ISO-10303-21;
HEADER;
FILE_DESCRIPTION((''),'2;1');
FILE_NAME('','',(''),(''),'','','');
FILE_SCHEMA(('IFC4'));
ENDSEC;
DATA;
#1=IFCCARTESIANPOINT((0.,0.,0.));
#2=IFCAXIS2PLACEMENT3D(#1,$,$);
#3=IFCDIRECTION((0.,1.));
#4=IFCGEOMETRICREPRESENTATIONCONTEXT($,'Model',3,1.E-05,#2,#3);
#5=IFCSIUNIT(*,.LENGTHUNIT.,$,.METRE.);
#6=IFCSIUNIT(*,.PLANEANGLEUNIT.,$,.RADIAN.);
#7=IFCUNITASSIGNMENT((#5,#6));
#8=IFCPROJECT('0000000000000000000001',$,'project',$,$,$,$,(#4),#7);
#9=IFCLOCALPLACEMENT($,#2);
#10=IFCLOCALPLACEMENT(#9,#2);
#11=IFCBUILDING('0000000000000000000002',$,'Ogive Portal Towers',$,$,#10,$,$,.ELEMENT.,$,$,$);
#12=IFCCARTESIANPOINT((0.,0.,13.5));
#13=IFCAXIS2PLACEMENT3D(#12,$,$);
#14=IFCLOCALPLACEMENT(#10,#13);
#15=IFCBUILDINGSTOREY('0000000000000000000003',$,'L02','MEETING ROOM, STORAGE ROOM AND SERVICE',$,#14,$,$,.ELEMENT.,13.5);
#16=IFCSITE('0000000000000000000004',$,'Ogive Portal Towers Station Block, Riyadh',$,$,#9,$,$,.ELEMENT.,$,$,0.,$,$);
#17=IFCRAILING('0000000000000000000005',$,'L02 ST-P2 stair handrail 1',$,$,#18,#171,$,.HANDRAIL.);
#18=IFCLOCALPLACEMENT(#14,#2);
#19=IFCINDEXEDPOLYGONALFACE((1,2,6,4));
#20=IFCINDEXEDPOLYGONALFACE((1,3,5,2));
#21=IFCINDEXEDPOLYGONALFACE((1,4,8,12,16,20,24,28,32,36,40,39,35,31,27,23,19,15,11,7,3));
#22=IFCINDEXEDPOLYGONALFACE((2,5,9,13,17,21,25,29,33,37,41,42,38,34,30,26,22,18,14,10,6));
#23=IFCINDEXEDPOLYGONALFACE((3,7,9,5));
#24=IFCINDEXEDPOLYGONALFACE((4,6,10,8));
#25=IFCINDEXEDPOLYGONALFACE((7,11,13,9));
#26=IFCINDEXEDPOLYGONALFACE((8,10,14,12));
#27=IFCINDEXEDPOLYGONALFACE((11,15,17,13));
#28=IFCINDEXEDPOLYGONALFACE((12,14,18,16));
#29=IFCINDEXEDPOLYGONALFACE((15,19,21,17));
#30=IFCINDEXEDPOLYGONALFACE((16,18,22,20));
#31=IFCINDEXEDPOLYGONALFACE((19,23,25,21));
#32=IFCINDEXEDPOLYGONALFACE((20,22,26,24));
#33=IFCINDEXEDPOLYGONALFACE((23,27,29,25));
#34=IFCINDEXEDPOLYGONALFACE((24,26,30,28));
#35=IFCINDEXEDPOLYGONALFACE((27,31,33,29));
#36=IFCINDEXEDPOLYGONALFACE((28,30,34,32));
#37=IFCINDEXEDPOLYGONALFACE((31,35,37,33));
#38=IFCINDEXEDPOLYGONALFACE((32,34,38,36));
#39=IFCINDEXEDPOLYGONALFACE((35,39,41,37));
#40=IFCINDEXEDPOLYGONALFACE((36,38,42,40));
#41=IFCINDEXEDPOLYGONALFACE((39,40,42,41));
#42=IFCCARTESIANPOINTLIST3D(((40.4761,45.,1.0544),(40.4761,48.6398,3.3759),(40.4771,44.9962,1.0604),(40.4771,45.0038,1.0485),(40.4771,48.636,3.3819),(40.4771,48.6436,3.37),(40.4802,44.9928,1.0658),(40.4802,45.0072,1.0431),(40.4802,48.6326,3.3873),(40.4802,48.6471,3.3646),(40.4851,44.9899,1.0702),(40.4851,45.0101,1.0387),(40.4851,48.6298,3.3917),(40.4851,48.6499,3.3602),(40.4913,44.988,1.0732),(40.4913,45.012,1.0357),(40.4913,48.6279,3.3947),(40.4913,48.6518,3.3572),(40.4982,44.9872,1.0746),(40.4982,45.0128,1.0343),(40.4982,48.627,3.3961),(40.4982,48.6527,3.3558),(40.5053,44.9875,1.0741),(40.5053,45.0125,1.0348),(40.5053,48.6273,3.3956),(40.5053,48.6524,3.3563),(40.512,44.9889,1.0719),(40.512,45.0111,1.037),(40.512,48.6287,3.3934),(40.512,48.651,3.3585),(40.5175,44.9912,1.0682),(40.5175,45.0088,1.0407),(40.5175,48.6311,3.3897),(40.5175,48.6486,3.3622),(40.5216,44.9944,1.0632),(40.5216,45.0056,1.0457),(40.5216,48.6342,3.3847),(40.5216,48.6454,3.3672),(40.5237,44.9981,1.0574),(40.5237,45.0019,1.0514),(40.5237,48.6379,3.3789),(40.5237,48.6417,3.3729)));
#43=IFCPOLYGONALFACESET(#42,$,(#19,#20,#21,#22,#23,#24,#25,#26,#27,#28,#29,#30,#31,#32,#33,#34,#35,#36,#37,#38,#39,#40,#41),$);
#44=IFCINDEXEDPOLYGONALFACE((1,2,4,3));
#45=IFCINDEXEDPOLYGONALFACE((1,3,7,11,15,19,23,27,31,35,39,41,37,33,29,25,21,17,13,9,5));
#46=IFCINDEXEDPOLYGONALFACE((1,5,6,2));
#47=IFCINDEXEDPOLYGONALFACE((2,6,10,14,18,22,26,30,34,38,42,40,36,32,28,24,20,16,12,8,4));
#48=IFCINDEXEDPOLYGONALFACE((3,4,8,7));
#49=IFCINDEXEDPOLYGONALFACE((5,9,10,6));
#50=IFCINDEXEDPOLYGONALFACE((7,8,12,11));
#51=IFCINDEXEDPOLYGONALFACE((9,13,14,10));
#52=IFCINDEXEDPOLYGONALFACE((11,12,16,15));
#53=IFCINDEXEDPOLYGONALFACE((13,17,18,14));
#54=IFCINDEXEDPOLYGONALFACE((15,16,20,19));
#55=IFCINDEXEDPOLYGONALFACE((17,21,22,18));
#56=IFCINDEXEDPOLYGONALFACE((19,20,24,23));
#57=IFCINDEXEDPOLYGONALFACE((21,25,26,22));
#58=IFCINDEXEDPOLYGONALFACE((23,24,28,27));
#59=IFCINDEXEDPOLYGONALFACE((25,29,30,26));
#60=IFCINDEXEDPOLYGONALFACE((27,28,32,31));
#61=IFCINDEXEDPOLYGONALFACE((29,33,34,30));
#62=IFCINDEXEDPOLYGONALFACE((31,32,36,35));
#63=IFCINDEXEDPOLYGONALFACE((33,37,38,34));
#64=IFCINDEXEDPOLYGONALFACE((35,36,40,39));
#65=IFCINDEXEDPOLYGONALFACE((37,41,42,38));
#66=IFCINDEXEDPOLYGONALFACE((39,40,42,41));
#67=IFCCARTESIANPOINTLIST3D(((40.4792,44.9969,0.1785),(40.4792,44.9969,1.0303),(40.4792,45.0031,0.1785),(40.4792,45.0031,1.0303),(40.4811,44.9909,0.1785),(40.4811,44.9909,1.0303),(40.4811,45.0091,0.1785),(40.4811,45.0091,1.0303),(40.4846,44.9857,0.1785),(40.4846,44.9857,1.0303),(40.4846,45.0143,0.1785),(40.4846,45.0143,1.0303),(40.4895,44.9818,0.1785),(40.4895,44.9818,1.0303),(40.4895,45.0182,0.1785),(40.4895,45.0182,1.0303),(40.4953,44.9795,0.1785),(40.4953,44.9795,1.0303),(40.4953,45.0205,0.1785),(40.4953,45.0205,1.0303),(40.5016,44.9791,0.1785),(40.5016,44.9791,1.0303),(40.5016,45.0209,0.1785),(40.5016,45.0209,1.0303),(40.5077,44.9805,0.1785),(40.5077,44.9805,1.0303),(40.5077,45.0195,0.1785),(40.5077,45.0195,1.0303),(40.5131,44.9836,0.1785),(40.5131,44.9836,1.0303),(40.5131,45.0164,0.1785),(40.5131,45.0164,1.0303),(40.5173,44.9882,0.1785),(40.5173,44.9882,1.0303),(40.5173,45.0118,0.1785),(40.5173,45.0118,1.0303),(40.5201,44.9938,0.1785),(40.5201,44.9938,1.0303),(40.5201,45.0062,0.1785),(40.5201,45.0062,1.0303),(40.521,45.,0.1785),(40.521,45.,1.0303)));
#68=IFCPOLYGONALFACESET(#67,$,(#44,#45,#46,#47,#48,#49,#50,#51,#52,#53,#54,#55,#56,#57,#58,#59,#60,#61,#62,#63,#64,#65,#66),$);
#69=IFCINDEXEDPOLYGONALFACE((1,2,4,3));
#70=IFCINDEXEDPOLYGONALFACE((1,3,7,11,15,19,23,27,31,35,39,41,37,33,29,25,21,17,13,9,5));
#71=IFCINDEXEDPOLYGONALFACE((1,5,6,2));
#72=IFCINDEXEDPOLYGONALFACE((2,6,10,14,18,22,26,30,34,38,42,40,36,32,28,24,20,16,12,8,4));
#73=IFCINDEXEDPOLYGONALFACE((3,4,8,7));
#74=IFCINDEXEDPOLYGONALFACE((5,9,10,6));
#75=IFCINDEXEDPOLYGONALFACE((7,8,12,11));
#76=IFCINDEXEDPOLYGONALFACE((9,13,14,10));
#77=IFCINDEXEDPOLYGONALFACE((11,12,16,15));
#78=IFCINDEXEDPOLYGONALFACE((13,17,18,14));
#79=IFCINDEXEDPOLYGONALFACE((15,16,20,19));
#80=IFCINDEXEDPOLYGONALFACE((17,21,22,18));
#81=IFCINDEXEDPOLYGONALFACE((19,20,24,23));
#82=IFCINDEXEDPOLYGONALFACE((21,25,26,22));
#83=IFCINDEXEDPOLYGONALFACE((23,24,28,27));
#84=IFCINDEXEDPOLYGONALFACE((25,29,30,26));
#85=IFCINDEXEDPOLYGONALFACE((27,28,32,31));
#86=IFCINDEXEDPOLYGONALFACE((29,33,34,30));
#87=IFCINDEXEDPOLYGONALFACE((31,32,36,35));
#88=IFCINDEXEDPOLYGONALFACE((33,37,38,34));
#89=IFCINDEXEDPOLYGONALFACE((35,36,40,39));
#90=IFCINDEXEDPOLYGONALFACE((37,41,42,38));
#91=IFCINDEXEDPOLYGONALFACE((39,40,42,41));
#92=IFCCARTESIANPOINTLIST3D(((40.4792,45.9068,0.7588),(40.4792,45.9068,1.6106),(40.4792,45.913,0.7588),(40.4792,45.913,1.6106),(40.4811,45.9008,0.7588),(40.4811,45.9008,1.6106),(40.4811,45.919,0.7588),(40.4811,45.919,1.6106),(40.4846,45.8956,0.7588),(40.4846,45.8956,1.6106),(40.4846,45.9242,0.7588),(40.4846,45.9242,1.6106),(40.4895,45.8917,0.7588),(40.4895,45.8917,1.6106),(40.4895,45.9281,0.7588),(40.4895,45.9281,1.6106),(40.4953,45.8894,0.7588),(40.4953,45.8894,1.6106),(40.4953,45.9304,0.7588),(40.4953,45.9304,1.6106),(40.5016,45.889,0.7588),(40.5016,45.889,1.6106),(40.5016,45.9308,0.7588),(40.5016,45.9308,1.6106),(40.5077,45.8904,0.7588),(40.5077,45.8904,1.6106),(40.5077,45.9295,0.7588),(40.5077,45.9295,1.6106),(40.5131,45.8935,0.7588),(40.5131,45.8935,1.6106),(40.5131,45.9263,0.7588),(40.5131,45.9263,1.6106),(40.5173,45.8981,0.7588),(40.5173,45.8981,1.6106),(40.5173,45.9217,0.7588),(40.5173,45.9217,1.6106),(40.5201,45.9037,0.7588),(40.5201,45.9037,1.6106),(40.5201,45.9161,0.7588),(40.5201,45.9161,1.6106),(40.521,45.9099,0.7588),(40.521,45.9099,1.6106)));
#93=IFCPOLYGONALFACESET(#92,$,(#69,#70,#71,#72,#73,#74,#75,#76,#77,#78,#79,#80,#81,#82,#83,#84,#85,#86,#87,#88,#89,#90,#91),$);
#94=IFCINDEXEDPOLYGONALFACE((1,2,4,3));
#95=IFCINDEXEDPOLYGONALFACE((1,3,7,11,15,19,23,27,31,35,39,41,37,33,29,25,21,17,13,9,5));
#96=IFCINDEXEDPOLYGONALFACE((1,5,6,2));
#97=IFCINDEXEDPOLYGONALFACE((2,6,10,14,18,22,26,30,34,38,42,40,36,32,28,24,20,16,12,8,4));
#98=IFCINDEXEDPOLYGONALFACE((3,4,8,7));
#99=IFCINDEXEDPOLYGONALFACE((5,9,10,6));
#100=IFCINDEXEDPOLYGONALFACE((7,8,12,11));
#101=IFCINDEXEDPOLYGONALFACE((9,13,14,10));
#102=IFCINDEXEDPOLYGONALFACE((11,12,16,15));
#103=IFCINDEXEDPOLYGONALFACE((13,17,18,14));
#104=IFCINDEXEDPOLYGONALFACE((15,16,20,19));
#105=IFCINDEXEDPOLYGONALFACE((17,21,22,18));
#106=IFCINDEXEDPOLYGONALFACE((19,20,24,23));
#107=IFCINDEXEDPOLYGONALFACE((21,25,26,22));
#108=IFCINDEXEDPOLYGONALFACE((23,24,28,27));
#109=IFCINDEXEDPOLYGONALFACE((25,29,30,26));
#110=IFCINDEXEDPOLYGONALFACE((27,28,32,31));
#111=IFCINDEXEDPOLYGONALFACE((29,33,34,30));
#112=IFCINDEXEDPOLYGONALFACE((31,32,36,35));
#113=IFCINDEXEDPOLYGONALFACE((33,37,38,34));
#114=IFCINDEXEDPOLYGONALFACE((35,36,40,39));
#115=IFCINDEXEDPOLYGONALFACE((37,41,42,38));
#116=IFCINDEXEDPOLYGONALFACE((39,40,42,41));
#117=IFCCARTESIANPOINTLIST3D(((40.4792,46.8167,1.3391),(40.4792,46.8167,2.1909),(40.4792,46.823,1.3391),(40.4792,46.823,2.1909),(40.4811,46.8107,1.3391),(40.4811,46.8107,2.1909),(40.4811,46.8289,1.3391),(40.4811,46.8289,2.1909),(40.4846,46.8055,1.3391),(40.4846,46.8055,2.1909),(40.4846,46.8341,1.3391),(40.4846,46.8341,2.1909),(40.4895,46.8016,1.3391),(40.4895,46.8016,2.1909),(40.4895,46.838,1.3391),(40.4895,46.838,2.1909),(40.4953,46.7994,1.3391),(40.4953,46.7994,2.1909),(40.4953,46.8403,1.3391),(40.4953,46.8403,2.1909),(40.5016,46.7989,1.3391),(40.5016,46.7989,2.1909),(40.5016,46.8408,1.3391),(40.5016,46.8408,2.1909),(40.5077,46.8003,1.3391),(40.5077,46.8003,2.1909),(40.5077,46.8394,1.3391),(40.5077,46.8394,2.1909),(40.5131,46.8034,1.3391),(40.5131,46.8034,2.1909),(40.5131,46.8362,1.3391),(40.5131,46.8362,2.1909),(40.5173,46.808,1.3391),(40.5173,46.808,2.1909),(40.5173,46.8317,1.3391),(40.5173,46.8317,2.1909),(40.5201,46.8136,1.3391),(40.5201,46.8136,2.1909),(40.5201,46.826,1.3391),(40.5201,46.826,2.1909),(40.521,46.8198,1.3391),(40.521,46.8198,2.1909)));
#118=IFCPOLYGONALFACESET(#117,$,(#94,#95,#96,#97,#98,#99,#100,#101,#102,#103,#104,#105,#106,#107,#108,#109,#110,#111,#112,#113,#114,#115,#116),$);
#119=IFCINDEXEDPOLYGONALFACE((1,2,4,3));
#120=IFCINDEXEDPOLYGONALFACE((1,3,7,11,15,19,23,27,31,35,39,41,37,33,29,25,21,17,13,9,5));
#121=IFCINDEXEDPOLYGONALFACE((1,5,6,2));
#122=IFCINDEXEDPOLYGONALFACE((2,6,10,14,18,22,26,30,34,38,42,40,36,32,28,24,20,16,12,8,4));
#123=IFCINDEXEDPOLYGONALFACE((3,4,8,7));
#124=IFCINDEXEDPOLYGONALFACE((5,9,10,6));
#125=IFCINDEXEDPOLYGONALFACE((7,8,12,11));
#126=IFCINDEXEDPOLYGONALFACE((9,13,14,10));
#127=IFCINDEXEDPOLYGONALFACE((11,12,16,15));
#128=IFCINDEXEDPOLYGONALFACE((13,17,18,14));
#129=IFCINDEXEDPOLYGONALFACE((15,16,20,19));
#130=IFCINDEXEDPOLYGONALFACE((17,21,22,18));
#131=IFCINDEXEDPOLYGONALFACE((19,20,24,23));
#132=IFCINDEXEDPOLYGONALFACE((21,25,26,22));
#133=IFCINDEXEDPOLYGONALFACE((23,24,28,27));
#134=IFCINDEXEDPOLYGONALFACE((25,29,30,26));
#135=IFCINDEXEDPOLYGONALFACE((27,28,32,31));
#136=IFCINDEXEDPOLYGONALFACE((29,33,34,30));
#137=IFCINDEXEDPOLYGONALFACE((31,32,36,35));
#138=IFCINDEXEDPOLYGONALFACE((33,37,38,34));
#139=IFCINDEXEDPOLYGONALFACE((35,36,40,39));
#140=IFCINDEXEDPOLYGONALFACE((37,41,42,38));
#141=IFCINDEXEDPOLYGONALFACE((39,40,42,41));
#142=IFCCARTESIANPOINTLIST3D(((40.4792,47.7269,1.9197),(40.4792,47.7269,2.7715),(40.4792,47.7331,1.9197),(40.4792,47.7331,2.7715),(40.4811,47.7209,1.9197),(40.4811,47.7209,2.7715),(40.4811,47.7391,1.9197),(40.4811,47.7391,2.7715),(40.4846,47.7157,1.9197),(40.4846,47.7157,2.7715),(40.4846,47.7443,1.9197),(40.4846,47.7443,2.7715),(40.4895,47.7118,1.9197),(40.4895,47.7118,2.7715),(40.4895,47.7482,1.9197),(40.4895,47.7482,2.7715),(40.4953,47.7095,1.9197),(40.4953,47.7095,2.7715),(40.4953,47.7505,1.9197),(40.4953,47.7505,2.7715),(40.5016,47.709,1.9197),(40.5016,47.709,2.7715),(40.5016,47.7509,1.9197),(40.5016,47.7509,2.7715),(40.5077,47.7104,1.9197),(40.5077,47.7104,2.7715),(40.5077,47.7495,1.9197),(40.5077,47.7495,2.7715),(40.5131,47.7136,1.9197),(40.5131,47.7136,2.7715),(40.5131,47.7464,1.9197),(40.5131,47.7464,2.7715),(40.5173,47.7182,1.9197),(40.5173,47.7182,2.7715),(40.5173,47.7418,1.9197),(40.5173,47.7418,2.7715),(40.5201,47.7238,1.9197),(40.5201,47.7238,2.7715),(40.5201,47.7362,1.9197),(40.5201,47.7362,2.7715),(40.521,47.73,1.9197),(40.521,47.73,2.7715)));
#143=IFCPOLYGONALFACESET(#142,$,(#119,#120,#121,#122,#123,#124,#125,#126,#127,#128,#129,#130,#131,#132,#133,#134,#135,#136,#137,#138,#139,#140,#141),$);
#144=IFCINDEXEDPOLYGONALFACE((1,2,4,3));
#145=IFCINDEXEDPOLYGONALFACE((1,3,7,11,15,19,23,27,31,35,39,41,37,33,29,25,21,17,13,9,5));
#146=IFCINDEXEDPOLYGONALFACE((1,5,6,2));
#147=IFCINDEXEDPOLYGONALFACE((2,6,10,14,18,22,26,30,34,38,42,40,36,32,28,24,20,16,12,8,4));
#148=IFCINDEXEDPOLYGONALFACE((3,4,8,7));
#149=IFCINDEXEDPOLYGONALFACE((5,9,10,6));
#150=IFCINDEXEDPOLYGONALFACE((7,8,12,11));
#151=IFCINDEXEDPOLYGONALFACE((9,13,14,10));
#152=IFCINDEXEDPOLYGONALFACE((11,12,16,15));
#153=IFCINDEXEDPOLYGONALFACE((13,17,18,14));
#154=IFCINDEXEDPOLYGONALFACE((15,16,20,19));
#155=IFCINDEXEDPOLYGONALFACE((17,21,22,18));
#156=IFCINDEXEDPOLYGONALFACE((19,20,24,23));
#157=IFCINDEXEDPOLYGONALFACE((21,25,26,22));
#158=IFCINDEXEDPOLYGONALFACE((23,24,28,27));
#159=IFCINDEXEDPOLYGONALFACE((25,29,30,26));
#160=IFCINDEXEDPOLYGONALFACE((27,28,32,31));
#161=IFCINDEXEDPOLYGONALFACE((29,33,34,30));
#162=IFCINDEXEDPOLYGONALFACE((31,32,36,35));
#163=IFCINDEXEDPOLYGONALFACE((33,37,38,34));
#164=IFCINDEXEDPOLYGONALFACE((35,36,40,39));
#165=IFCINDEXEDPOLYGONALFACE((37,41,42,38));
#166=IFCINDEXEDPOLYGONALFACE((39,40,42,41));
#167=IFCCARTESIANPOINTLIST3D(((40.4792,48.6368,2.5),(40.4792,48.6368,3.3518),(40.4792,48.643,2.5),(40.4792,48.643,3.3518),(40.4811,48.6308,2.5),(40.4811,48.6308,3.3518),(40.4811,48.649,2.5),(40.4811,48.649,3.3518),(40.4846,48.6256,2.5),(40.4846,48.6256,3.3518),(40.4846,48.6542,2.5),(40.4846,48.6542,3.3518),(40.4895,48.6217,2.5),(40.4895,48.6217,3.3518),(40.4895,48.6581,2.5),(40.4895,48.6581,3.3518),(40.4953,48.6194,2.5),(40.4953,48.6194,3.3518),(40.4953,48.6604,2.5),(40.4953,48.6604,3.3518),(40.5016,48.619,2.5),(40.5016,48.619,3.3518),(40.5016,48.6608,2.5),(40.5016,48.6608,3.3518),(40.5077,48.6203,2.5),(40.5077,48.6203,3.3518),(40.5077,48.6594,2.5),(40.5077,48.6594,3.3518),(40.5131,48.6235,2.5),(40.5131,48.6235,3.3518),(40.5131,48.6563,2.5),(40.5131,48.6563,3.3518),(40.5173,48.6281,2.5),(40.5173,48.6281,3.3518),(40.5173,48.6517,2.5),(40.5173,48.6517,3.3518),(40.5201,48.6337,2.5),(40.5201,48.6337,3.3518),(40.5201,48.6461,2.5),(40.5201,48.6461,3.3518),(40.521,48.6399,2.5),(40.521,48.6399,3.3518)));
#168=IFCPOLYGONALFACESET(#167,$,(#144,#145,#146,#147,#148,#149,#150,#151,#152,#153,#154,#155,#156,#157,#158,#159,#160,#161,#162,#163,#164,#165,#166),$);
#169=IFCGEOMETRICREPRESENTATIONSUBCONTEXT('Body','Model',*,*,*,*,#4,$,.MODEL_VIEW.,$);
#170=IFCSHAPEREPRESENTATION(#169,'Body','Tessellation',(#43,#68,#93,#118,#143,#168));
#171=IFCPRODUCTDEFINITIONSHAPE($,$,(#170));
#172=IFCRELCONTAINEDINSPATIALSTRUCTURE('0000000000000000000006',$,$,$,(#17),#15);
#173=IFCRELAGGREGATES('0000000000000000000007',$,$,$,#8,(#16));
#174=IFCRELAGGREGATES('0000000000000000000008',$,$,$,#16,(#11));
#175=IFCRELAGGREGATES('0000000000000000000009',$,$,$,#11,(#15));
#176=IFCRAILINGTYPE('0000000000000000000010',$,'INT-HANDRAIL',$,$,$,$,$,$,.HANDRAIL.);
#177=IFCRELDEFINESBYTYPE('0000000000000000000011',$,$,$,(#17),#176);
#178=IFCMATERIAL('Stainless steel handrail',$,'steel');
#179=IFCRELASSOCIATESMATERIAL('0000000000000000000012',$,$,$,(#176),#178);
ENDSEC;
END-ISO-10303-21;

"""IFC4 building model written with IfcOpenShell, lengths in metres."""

from ifc_helpers import new_model, si_unit, direction, frame, origin, origin_2d, place, context, subcontext, project, spatial, circle, extrude, material, type_object, element, save


model = new_model("IFC4")

# Units and contexts
model_context = context("Model", 3, precision=1e-05, world=origin(), true_north=direction((0.0, 1.0)))
body_context = subcontext(model_context, "Body", "Model", "MODEL_VIEW")
ifc_project = project(units=[si_unit("LENGTHUNIT", "METRE"), si_unit("PLANEANGLEUNIT", "RADIAN")], contexts=[model_context])

# Site, building, storey
site_placement = place(None, origin())
site = spatial("IfcSite", under=ifc_project, at=site_placement, Name="Ogive Portal Towers Station Block, Riyadh", CompositionType="ELEMENT", RefElevation=0.0)
building_placement = place(site_placement, origin())
building = spatial("IfcBuilding", under=site, at=building_placement, Name="Ogive Portal Towers", CompositionType="ELEMENT")
storey_placement = place(building_placement, frame((0.0, 0.0, 13.5)))
storey = spatial("IfcBuildingStorey", under=building, at=storey_placement, Name="L02", Description="MEETING ROOM, STORAGE ROOM AND SERVICE", CompositionType="ELEMENT", Elevation=13.5)

# Railing
ifc_material_1 = material(Name="Stainless steel handrail", Category="steel")
railing_type_1 = type_object("IfcRailingType", Name="INT-HANDRAIL", PredefinedType="HANDRAIL", material=ifc_material_1)
railing_1_placement = place(storey_placement, frame((40.5, 45.0, 0.1785)))
element("IfcRailing", 1, at=railing_1_placement, inside=storey, type_object=railing_type_1, Name="L02 ST-P2 stair handrail 1", PredefinedType="HANDRAIL", context=body_context, shape_type="SweptSolid", body=[
    extrude(circle(Radius=0.0239, at=origin_2d()), frame((0.0, 0.0, 0.876), z_axis=(0.0, 0.843112, 0.537739), x_axis=(-1.0, 0.0, 0.0)), (0.0, 0.0, 1.0), 4.3171),
    extrude(circle(Radius=0.021, at=origin_2d()), origin(), (0.0, 0.0, 1.0), 0.8518),
    extrude(circle(Radius=0.021, at=origin_2d()), frame((0.0, 0.9099, 0.5803)), (0.0, 0.0, 1.0), 0.8518),
    extrude(circle(Radius=0.021, at=origin_2d()), frame((0.0, 1.8198, 1.1606)), (0.0, 0.0, 1.0), 0.8518),
    extrude(circle(Radius=0.021, at=origin_2d()), frame((0.0, 2.73, 1.7412)), (0.0, 0.0, 1.0), 0.8518),
    extrude(circle(Radius=0.021, at=origin_2d()), frame((0.0, 3.6399, 2.3215)), (0.0, 0.0, 1.0), 0.8518),
])

save(model, "model.ifc")
